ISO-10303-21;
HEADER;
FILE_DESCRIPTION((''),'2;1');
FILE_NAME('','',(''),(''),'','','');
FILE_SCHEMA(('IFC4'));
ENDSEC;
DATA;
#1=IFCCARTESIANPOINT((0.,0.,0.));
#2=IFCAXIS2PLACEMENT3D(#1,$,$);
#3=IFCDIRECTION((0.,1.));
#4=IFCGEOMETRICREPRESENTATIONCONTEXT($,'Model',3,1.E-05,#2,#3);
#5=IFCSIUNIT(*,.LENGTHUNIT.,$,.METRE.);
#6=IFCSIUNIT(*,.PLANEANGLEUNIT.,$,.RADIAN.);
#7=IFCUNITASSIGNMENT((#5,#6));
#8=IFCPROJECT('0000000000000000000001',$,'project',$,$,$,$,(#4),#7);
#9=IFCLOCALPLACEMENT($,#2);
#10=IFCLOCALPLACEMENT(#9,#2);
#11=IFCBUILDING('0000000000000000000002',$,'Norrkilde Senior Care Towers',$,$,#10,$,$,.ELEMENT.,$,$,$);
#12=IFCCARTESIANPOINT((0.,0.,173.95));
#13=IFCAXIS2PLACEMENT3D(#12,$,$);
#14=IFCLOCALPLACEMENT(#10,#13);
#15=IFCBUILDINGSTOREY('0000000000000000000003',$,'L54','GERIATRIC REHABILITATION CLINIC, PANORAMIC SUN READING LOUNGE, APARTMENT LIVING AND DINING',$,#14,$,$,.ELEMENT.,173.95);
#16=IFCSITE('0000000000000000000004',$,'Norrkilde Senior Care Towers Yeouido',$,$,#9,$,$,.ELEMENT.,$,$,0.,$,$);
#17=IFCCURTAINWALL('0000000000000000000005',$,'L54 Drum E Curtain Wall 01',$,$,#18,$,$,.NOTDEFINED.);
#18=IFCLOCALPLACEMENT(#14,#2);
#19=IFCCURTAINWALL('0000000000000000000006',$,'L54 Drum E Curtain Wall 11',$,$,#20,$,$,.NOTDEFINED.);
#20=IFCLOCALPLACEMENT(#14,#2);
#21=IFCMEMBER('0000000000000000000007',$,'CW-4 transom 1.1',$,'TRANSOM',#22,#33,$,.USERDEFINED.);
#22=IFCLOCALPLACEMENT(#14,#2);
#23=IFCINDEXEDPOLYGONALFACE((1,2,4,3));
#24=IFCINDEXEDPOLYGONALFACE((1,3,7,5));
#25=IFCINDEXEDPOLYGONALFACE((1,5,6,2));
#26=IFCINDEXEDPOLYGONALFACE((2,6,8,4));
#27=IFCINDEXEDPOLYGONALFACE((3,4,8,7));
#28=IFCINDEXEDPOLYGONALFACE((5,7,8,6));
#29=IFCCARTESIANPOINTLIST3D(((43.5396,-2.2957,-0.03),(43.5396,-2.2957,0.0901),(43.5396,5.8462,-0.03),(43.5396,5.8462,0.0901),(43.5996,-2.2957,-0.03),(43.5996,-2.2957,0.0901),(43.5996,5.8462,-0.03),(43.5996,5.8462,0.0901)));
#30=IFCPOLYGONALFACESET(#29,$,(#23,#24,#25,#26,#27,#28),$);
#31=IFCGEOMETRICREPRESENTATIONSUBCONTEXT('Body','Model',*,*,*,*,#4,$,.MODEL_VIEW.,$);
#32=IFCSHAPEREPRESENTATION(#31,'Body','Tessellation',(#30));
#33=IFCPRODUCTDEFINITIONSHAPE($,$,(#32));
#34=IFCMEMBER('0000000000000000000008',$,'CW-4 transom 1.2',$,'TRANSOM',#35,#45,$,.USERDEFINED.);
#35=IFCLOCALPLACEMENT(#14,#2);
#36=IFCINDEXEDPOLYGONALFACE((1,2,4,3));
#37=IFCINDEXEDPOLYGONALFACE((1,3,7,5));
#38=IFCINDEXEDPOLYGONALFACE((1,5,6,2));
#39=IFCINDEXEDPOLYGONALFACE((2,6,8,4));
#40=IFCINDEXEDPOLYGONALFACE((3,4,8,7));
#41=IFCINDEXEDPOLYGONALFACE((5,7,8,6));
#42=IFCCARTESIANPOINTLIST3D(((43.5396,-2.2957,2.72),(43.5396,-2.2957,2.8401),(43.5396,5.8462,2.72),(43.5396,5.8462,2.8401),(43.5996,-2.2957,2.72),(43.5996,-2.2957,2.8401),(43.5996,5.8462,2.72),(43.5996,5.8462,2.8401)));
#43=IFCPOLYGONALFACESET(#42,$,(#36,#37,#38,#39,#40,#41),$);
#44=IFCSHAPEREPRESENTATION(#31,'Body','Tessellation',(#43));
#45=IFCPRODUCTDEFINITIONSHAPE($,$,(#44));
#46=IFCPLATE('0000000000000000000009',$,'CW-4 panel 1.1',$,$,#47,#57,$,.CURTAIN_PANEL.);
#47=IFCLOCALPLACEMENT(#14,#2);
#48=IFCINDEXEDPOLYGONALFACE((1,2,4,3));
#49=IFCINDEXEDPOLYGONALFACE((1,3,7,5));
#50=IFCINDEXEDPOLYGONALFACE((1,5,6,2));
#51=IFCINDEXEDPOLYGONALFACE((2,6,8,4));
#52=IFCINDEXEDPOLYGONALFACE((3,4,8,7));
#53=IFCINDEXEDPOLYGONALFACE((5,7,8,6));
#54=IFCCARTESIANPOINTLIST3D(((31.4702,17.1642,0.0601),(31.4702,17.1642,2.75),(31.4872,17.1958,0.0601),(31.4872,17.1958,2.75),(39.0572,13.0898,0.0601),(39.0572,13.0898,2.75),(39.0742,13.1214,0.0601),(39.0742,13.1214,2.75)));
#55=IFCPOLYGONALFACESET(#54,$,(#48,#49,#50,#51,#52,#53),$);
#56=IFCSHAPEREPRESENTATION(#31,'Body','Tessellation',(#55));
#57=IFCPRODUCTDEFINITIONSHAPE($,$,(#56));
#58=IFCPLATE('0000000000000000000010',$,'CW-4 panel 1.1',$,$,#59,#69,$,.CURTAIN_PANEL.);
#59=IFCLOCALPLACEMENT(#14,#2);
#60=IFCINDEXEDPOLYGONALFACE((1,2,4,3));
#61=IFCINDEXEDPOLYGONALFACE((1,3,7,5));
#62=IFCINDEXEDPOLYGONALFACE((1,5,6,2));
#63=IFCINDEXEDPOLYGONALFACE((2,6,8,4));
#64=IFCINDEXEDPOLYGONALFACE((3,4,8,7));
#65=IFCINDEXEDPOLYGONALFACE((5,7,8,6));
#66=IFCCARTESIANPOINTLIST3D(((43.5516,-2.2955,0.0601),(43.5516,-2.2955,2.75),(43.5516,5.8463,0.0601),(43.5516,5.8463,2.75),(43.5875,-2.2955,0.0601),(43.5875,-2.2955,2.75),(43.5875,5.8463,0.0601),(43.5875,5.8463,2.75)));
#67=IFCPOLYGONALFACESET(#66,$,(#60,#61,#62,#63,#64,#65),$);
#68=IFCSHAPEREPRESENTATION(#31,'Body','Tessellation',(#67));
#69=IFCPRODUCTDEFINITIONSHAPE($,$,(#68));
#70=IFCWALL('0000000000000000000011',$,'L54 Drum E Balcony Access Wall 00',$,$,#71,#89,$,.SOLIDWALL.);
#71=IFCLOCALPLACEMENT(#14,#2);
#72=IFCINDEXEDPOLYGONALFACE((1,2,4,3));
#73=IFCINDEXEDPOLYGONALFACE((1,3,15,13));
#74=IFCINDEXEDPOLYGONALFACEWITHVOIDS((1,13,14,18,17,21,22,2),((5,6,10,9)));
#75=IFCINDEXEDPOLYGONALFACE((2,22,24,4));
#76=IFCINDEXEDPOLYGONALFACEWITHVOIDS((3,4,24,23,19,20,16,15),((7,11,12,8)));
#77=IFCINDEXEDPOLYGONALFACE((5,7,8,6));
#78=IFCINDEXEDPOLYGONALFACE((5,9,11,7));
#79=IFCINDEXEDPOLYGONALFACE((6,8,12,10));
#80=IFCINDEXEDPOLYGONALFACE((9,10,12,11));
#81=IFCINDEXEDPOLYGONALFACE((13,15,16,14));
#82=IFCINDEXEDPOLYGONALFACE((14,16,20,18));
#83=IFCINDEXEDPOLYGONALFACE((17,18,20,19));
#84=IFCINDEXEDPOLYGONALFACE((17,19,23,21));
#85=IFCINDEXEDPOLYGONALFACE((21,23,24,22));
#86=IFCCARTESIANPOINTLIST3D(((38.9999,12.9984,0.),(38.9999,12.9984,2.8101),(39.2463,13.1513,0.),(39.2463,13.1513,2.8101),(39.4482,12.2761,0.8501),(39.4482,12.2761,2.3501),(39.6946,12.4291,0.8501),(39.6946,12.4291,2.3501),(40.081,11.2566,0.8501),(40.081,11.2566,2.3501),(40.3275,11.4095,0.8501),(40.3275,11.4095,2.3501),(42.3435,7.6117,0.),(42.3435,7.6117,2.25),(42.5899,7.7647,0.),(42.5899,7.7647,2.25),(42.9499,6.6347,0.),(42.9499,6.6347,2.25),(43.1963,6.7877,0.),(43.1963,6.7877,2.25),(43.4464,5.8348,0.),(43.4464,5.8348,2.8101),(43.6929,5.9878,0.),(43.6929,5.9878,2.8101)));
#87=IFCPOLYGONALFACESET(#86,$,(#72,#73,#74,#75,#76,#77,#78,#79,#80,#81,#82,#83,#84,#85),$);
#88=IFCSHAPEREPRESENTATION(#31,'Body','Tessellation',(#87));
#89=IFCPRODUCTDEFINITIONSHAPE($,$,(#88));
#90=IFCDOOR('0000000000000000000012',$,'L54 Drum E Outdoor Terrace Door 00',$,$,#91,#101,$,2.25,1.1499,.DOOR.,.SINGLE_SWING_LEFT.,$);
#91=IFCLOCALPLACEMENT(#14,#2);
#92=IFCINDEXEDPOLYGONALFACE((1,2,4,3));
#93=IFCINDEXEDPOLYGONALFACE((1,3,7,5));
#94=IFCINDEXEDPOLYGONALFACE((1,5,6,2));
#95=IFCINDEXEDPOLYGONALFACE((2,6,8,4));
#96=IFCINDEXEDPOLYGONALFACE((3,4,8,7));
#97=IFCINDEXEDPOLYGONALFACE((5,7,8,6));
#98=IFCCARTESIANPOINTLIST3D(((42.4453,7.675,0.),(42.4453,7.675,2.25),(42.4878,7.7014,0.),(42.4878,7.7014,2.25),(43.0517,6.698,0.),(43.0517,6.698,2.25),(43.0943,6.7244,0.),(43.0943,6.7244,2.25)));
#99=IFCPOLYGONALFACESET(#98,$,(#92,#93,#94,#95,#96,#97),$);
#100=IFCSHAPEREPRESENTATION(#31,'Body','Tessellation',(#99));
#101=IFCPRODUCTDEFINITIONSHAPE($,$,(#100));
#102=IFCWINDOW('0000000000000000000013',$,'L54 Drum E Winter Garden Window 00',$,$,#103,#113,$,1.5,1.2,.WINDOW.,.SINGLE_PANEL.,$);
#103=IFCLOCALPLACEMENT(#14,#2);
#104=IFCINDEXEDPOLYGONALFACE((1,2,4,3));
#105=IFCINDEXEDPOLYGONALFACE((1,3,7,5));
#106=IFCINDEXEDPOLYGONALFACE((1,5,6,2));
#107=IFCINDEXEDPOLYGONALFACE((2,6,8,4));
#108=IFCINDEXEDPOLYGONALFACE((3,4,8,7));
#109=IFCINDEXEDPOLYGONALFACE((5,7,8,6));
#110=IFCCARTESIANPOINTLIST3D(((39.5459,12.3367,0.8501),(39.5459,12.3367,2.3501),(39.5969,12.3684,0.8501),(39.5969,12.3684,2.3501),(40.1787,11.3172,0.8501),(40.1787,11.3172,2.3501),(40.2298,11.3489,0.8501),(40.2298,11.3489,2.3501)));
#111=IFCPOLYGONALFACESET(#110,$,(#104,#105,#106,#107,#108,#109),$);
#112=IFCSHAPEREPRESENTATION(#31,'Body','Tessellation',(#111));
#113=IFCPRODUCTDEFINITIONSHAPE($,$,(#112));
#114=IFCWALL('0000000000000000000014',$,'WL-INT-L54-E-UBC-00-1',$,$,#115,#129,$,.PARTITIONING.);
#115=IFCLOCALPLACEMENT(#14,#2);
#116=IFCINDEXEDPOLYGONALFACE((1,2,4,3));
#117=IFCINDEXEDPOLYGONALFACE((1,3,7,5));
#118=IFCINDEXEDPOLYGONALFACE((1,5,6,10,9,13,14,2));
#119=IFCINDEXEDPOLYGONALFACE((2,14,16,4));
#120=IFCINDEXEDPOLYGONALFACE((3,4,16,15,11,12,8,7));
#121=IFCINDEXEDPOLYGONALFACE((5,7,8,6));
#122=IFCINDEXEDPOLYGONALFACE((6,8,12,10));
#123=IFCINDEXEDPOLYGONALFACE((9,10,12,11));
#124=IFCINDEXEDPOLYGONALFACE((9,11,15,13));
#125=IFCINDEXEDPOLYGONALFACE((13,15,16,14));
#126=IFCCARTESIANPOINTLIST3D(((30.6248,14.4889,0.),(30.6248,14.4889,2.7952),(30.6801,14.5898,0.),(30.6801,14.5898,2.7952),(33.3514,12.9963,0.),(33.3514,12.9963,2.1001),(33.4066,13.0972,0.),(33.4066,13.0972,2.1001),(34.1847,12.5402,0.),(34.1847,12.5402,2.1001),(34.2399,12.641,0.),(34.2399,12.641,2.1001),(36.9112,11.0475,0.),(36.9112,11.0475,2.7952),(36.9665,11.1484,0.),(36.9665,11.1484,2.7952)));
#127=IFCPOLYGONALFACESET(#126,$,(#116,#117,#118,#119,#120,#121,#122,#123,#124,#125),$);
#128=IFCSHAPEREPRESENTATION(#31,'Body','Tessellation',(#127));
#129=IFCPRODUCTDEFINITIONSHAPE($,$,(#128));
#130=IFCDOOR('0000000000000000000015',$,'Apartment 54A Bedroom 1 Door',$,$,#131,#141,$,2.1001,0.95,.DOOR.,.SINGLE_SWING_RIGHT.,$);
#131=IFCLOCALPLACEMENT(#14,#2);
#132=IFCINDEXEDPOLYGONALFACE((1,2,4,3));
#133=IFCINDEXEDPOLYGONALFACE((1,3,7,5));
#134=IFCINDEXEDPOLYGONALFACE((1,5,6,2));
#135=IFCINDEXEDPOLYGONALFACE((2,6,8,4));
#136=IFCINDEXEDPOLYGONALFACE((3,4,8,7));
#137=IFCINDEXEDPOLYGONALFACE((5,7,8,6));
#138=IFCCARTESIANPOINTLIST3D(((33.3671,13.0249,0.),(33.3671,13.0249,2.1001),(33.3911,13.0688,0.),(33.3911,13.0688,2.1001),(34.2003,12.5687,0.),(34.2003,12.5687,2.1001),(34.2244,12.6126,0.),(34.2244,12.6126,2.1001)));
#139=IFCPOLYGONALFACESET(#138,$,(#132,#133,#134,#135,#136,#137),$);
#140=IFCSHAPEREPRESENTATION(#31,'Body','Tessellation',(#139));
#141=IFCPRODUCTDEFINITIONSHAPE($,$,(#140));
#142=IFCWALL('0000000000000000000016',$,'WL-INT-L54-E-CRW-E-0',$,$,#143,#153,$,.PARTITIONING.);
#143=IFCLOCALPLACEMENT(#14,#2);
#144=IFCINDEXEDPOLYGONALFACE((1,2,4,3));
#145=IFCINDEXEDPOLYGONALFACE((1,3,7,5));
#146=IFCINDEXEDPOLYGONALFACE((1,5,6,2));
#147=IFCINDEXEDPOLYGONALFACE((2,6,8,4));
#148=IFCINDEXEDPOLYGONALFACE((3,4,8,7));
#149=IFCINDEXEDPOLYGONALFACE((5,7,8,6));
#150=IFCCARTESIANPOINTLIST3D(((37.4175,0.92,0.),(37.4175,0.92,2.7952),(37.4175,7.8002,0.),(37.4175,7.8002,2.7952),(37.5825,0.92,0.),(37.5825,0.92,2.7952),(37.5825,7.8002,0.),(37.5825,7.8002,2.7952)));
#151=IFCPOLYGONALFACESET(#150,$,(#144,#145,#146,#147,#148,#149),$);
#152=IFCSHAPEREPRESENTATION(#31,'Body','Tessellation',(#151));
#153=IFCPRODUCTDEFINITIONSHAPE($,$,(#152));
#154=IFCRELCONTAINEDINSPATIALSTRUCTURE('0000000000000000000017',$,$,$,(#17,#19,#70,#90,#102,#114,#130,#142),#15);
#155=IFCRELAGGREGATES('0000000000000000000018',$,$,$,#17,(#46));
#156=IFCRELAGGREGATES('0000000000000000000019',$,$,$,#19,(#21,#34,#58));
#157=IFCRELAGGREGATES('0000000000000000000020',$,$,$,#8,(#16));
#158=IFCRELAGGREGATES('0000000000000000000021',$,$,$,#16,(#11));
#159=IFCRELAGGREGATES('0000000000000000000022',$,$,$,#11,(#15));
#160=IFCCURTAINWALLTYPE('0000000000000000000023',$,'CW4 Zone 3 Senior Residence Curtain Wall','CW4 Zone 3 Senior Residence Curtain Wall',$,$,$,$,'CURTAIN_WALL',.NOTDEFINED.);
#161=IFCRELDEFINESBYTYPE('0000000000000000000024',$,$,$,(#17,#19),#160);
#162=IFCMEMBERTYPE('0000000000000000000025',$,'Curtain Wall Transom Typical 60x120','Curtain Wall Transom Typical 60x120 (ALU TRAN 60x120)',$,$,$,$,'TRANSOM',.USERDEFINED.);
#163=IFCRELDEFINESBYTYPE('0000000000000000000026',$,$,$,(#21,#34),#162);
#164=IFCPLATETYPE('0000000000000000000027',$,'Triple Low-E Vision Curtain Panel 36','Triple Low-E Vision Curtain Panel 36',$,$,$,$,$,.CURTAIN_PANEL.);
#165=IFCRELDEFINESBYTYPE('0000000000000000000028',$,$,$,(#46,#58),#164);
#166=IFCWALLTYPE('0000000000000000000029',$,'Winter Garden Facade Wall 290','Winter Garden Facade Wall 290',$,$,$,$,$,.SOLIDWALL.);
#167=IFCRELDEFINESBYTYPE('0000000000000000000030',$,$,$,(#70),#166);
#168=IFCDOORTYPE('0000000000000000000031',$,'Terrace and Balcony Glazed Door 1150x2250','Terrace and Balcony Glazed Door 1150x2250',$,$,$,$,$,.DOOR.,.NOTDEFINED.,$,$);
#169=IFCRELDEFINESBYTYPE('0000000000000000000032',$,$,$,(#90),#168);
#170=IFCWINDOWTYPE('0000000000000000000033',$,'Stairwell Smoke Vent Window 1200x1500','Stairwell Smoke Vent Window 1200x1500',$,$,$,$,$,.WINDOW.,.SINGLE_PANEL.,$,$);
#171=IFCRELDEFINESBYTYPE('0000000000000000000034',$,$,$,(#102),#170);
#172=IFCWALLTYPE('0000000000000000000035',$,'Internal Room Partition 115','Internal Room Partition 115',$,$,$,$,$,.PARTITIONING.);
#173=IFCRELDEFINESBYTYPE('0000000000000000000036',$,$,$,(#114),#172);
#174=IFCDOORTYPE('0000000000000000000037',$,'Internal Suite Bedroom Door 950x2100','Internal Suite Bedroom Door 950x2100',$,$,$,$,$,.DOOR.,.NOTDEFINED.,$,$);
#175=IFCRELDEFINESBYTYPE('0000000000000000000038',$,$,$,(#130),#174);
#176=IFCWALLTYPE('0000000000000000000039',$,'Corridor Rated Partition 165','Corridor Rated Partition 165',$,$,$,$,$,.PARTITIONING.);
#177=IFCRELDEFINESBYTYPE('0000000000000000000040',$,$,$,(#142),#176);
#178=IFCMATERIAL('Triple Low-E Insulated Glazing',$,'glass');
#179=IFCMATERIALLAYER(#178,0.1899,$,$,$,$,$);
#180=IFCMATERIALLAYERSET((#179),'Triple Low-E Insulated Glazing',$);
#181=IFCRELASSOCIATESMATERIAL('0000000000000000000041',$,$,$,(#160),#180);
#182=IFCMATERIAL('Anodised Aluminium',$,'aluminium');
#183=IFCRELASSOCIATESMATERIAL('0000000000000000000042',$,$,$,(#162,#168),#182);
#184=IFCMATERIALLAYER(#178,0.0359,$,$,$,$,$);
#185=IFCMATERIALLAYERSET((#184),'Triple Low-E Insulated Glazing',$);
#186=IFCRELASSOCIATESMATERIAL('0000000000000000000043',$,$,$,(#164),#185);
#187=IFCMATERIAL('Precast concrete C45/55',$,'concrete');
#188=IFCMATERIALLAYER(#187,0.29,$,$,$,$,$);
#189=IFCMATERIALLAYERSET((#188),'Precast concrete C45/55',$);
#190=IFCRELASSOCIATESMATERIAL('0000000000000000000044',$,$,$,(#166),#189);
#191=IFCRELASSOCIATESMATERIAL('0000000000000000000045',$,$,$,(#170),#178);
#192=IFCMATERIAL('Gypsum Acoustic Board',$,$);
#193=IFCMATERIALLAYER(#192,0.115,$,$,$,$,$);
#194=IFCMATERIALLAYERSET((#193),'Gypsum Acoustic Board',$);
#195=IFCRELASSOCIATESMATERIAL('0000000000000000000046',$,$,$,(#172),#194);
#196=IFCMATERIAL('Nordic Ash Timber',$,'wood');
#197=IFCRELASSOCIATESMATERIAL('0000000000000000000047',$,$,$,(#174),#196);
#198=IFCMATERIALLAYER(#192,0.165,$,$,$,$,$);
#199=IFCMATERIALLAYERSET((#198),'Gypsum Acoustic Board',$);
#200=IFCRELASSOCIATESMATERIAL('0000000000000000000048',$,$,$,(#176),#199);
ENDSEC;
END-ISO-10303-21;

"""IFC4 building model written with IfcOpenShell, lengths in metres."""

from ifc_helpers import new_model, si_unit, direction, frame, frame_2d, origin, origin_2d, place, context, subcontext, project, spatial, rectangle, extrude, source, transform, mapped, material, layer, layer_set, material_profile, profile_set, type_object, type_shapes, element, fill, aggregate, save


model = new_model("IFC4")

# Units and contexts
model_context = context("Model", 3, precision=1e-05, world=origin(), true_north=direction((0.0, 1.0)))
body_context = subcontext(model_context, "Body", "Model", "MODEL_VIEW")
ifc_project = project(units=[si_unit("LENGTHUNIT", "METRE"), si_unit("PLANEANGLEUNIT", "RADIAN")], contexts=[model_context])

# Site, building, storey
site_placement = place(None, origin())
site = spatial("IfcSite", under=ifc_project, at=site_placement, Name="Norrkilde Senior Care Towers Yeouido", CompositionType="ELEMENT", RefElevation=0.0)
building_placement = place(site_placement, origin())
building = spatial("IfcBuilding", under=site, at=building_placement, Name="Norrkilde Senior Care Towers", CompositionType="ELEMENT")
storey_placement = place(building_placement, frame((0.0, 0.0, 173.95)))
storey = spatial("IfcBuildingStorey", under=building, at=storey_placement, Name="L54", Description="GERIATRIC REHABILITATION CLINIC, PANORAMIC SUN READING LOUNGE, APARTMENT LIVING AND DINING", CompositionType="ELEMENT", Elevation=173.95)

# Curtain wall
ifc_material_1 = material(Name="Triple Low-E Insulated Glazing", Category="glass")
ifc_layer_1 = layer(ifc_material_1, 0.1899)
ifc_layer_set_1 = layer_set([ifc_layer_1], Name="Triple Low-E Insulated Glazing")
curtain_wall_type = type_object("IfcCurtainWallType", Name="CW4 Zone 3 Senior Residence Curtain Wall", Description="CW4 Zone 3 Senior Residence Curtain Wall", ElementType="CURTAIN_WALL", PredefinedType="NOTDEFINED", material=ifc_layer_set_1)
curtain_wall_1_placement = place(storey_placement, origin())
curtain_wall_1 = element("IfcCurtainWall", 1, at=curtain_wall_1_placement, inside=storey, type_object=curtain_wall_type, Name="L54 Drum E Curtain Wall 01", PredefinedType="NOTDEFINED")
ifc_material_2 = material(Name="Anodised Aluminium", Category="aluminium")

# Curtain wall, members
curtain_wall_2_placement = place(storey_placement, origin())
curtain_wall_2 = element("IfcCurtainWall", 2, at=curtain_wall_2_placement, inside=storey, type_object=curtain_wall_type, Name="L54 Drum E Curtain Wall 11", PredefinedType="NOTDEFINED")
ifc_material_profile_1 = material_profile(ifc_material_2, rectangle(XDim=0.0601, YDim=0.1201, at=origin_2d()), Name="ALU TRAN 60x120")
ifc_profile_set_1 = profile_set([ifc_material_profile_1], Name="Anodised Aluminium")
member_type_1 = type_object("IfcMemberType", Name="Curtain Wall Transom Typical 60x120", Description="Curtain Wall Transom Typical 60x120 (ALU TRAN 60x120)", ElementType="TRANSOM", PredefinedType="USERDEFINED", material=ifc_profile_set_1)
shared_shape_1 = source(origin(), body_context, "Body", "SweptSolid", [
    extrude(rectangle(XDim=0.0601, YDim=0.1201, at=origin_2d()), origin(), (0.0, 0.0, 1.0), 8.1418),
])
type_shapes(member_type_1, [shared_shape_1])
member_1_placement = place(storey_placement, frame((43.5696, 5.8462, 0.03), z_axis=(0.0, -1.0, 0.0), x_axis=(1.0, 0.0, 0.0)))
member_1 = element("IfcMember", 3, at=member_1_placement, type_object=member_type_1, Name="CW-4 transom 1.1", ObjectType="TRANSOM", PredefinedType="USERDEFINED", context=body_context, shape_type="MappedRepresentation", body=[
    mapped(shared_shape_1, transform((0.0, 0.0, 0.0), x_axis=(1.0, 0.0, 0.0), y_axis=(0.0, 1.0, 0.0), z_axis=(0.0, 0.0, 1.0), scale=1.0)),
])
member_2_placement = place(storey_placement, frame((43.5696, 5.8462, 2.78), z_axis=(0.0, -1.0, 0.0), x_axis=(1.0, 0.0, 0.0)))
member_2 = element("IfcMember", 4, at=member_2_placement, type_object=member_type_1, Name="CW-4 transom 1.2", ObjectType="TRANSOM", PredefinedType="USERDEFINED", context=body_context, shape_type="MappedRepresentation", body=[
    mapped(shared_shape_1, transform((0.0, 0.0, 0.0), x_axis=(1.0, 0.0, 0.0), y_axis=(0.0, 1.0, 0.0), z_axis=(0.0, 0.0, 1.0), scale=1.0)),
])

# Plates
ifc_layer_2 = layer(ifc_material_1, 0.0359)
ifc_layer_set_2 = layer_set([ifc_layer_2], Name="Triple Low-E Insulated Glazing")
plate_type = type_object("IfcPlateType", Name="Triple Low-E Vision Curtain Panel 36", Description="Triple Low-E Vision Curtain Panel 36", PredefinedType="CURTAIN_PANEL", material=ifc_layer_set_2)
shared_shape_2 = source(origin(), body_context, "Body", "SweptSolid", [
    extrude(rectangle(XDim=8.6118, YDim=0.0359, at=origin_2d()), origin(), (0.0, 0.0, 1.0), 2.6899),
])
plate_1_placement = place(storey_placement, frame((35.2722, 15.1428, 0.0601), z_axis=(0.0, 0.0, 1.0), x_axis=(0.881, -0.473117, 0.0)))
plate_1 = element("IfcPlate", 5, at=plate_1_placement, type_object=plate_type, Name="CW-4 panel 1.1", PredefinedType="CURTAIN_PANEL", context=body_context, shape_type="MappedRepresentation", body=[
    mapped(shared_shape_2, transform((0.0, 0.0, 0.0), x_axis=(1.0, 0.0, 0.0), y_axis=(0.0, 1.0, 0.0), z_axis=(0.0, 0.0, 1.0), scale=1.0)),
])
aggregate(curtain_wall_1, [plate_1])
shared_shape_3 = source(origin(), body_context, "Body", "SweptSolid", [
    extrude(rectangle(XDim=8.1418, YDim=0.0359, at=origin_2d()), origin(), (0.0, 0.0, 1.0), 2.6899),
])
type_shapes(plate_type, [shared_shape_2, shared_shape_3])
plate_2_placement = place(storey_placement, frame((43.5696, 1.7754, 0.0601), z_axis=(0.0, 0.0, 1.0), x_axis=(0.0, -1.0, 0.0)))
plate_2 = element("IfcPlate", 6, at=plate_2_placement, type_object=plate_type, Name="CW-4 panel 1.1", PredefinedType="CURTAIN_PANEL", context=body_context, shape_type="MappedRepresentation", body=[
    mapped(shared_shape_3, transform((0.0, 0.0, 0.0), x_axis=(1.0, 0.0, 0.0), y_axis=(0.0, 1.0, 0.0), z_axis=(0.0, 0.0, 1.0), scale=1.0)),
])
aggregate(curtain_wall_2, [member_1, member_2, plate_2])

# Wall, openings, door, window
ifc_material_3 = material(Name="Precast concrete C45/55", Category="concrete")
ifc_layer_3 = layer(ifc_material_3, 0.29)
ifc_layer_set_3 = layer_set([ifc_layer_3], Name="Precast concrete C45/55")
wall_type_1 = type_object("IfcWallType", Name="Winter Garden Facade Wall 290", Description="Winter Garden Facade Wall 290", PredefinedType="SOLIDWALL", material=ifc_layer_set_3)
shared_shape_4 = source(origin(), body_context, "Body", "SweptSolid", [
    extrude(rectangle(XDim=8.4314, YDim=0.29, at=frame_2d((4.2158, 0.0))), origin(), (0.0, 0.0, 1.0), 2.8101),
])
type_shapes(wall_type_1, [shared_shape_4])
wall_1_placement = place(storey_placement, frame((39.123, 13.075, 0.0), z_axis=(0.0, 0.0, 1.0), x_axis=(0.527378, -0.849631, 0.0)))
wall_1 = element("IfcWall", 7, at=wall_1_placement, inside=storey, type_object=wall_type_1, Name="L54 Drum E Balcony Access Wall 00", PredefinedType="SOLIDWALL", context=body_context, shape_type="MappedRepresentation", body=[
    mapped(shared_shape_4, transform((0.0, 0.0, 0.0), x_axis=(1.0, 0.0, 0.0), y_axis=(0.0, 1.0, 0.0), z_axis=(0.0, 0.0, 1.0), scale=1.0)),
])
opening_1_placement = place(wall_1_placement, frame((6.3401, 0.0, 0.0)))
opening_1 = element("IfcOpeningElement", 8, at=opening_1_placement, cuts=wall_1, PredefinedType="OPENING", context=body_context, shape_type="SweptSolid", body=[
    extrude(rectangle(XDim=1.1499, YDim=2.25, at=frame_2d((0.575, 1.125))), frame((0.0, 0.155, 0.0), z_axis=(0.0, -1.0, 0.0), x_axis=(1.0, 0.0, 0.0)), (0.0, 0.0, 1.0), 0.3101),
])
opening_2_placement = place(wall_1_placement, frame((0.8501, 0.0, 0.8501)))
opening_2 = element("IfcOpeningElement", 9, at=opening_2_placement, cuts=wall_1, PredefinedType="OPENING", context=body_context, shape_type="SweptSolid", body=[
    extrude(rectangle(XDim=1.2, YDim=1.5, at=frame_2d((0.6001, 0.75))), frame((0.0, 0.155, 0.0), z_axis=(0.0, -1.0, 0.0), x_axis=(1.0, 0.0, 0.0)), (0.0, 0.0, 1.0), 0.3101),
])
door_type_1 = type_object("IfcDoorType", Name="Terrace and Balcony Glazed Door 1150x2250", Description="Terrace and Balcony Glazed Door 1150x2250", OperationType="NOTDEFINED", PredefinedType="DOOR", material=ifc_material_2)
shared_shape_5 = source(origin(), body_context, "Body", "SweptSolid", [
    extrude(rectangle(XDim=1.1499, YDim=2.25, at=frame_2d((0.575, 1.125))), frame((0.0, 0.0249, 0.0), z_axis=(0.0, -1.0, 0.0), x_axis=(1.0, 0.0, 0.0)), (0.0, 0.0, 1.0), 0.05),
])
type_shapes(door_type_1, [shared_shape_5])
door_1_placement = place(opening_1_placement, origin())
door_1 = element("IfcDoor", 10, at=door_1_placement, inside=storey, type_object=door_type_1, Name="L54 Drum E Outdoor Terrace Door 00", OperationType="SINGLE_SWING_LEFT", OverallHeight=2.25, OverallWidth=1.1499, PredefinedType="DOOR", context=body_context, shape_type="MappedRepresentation", body=[
    mapped(shared_shape_5, transform((0.0, 0.0, 0.0), x_axis=(1.0, 0.0, 0.0), y_axis=(0.0, 1.0, 0.0), z_axis=(0.0, 0.0, 1.0), scale=1.0)),
])
fill(opening_1, door_1)
window_type = type_object("IfcWindowType", Name="Stairwell Smoke Vent Window 1200x1500", Description="Stairwell Smoke Vent Window 1200x1500", PartitioningType="SINGLE_PANEL", PredefinedType="WINDOW", material=ifc_material_1)
shared_shape_6 = source(origin(), body_context, "Body", "SweptSolid", [
    extrude(rectangle(XDim=1.2, YDim=1.5, at=frame_2d((0.6001, 0.75))), frame((0.0, 0.03, 0.0), z_axis=(0.0, -1.0, 0.0), x_axis=(1.0, 0.0, 0.0)), (0.0, 0.0, 1.0), 0.0601),
])
type_shapes(window_type, [shared_shape_6])
window_placement = place(opening_2_placement, origin())
window = element("IfcWindow", 11, at=window_placement, inside=storey, type_object=window_type, Name="L54 Drum E Winter Garden Window 00", OverallHeight=1.5, OverallWidth=1.2, PartitioningType="SINGLE_PANEL", PredefinedType="WINDOW", context=body_context, shape_type="MappedRepresentation", body=[
    mapped(shared_shape_6, transform((0.0, 0.0, 0.0), x_axis=(1.0, 0.0, 0.0), y_axis=(0.0, 1.0, 0.0), z_axis=(0.0, 0.0, 1.0), scale=1.0)),
])
fill(opening_2, window)

# Wall, opening, door
ifc_material_4 = material(Name="Gypsum Acoustic Board")
ifc_layer_4 = layer(ifc_material_4, 0.115)
ifc_layer_set_4 = layer_set([ifc_layer_4], Name="Gypsum Acoustic Board")
wall_type_2 = type_object("IfcWallType", Name="Internal Room Partition 115", Description="Internal Room Partition 115", PredefinedType="PARTITIONING", material=ifc_layer_set_4)
shared_shape_7 = source(origin(), body_context, "Body", "SweptSolid", [
    extrude(rectangle(XDim=7.1667, YDim=0.115, at=frame_2d((3.5835, 0.0))), origin(), (0.0, 0.0, 1.0), 2.7952),
])
wall_2_placement = place(storey_placement, frame((36.939, 11.0979, 0.0), z_axis=(0.0, 0.0, 1.0), x_axis=(-0.877163, 0.480193, 0.0)))
wall_2 = element("IfcWall", 12, at=wall_2_placement, inside=storey, type_object=wall_type_2, Name="WL-INT-L54-E-UBC-00-1", PredefinedType="PARTITIONING", context=body_context, shape_type="MappedRepresentation", body=[
    mapped(shared_shape_7, transform((0.0, 0.0, 0.0), x_axis=(1.0, 0.0, 0.0), y_axis=(0.0, 1.0, 0.0), z_axis=(0.0, 0.0, 1.0), scale=1.0)),
])
opening_3_placement = place(wall_2_placement, frame((3.1084, 0.0, 0.0)))
opening_3 = element("IfcOpeningElement", 13, at=opening_3_placement, cuts=wall_2, PredefinedType="OPENING", context=body_context, shape_type="SweptSolid", body=[
    extrude(rectangle(XDim=0.95, YDim=2.1001, at=frame_2d((0.4751, 1.05))), frame((0.0, 0.0674, 0.0), z_axis=(0.0, -1.0, 0.0), x_axis=(1.0, 0.0, 0.0)), (0.0, 0.0, 1.0), 0.135),
])
ifc_material_5 = material(Name="Nordic Ash Timber", Category="wood")
door_type_2 = type_object("IfcDoorType", Name="Internal Suite Bedroom Door 950x2100", Description="Internal Suite Bedroom Door 950x2100", OperationType="NOTDEFINED", PredefinedType="DOOR", material=ifc_material_5)
shared_shape_8 = source(origin(), body_context, "Body", "SweptSolid", [
    extrude(rectangle(XDim=0.95, YDim=2.1001, at=frame_2d((0.4751, 1.05))), frame((0.0, 0.0249, 0.0), z_axis=(0.0, -1.0, 0.0), x_axis=(1.0, 0.0, 0.0)), (0.0, 0.0, 1.0), 0.05),
])
type_shapes(door_type_2, [shared_shape_8])
door_2_placement = place(opening_3_placement, origin())
door_2 = element("IfcDoor", 14, at=door_2_placement, inside=storey, type_object=door_type_2, Name="Apartment 54A Bedroom 1 Door", OperationType="SINGLE_SWING_RIGHT", OverallHeight=2.1001, OverallWidth=0.95, PredefinedType="DOOR", context=body_context, shape_type="MappedRepresentation", body=[
    mapped(shared_shape_8, transform((0.0, 0.0, 0.0), x_axis=(1.0, 0.0, 0.0), y_axis=(0.0, 1.0, 0.0), z_axis=(0.0, 0.0, 1.0), scale=1.0)),
])
fill(opening_3, door_2)

# Wall
ifc_layer_5 = layer(ifc_material_4, 0.165)
ifc_layer_set_5 = layer_set([ifc_layer_5], Name="Gypsum Acoustic Board")
wall_type_3 = type_object("IfcWallType", Name="Corridor Rated Partition 165", Description="Corridor Rated Partition 165", PredefinedType="PARTITIONING", material=ifc_layer_set_5)
shared_shape_9 = source(origin(), body_context, "Body", "SweptSolid", [
    extrude(rectangle(XDim=6.8801, YDim=0.165, at=frame_2d((3.4399, 0.0))), origin(), (0.0, 0.0, 1.0), 2.7952),
])
wall_3_placement = place(storey_placement, frame((37.5, 7.8, 0.0), z_axis=(0.0, 0.0, 1.0), x_axis=(0.0, -1.0, 0.0)))
element("IfcWall", 15, at=wall_3_placement, inside=storey, type_object=wall_type_3, Name="WL-INT-L54-E-CRW-E-0", PredefinedType="PARTITIONING", context=body_context, shape_type="MappedRepresentation", body=[
    mapped(shared_shape_9, transform((0.0, 0.0, 0.0), x_axis=(1.0, 0.0, 0.0), y_axis=(0.0, 1.0, 0.0), z_axis=(0.0, 0.0, 1.0), scale=1.0)),
])

save(model, "model.ifc")
